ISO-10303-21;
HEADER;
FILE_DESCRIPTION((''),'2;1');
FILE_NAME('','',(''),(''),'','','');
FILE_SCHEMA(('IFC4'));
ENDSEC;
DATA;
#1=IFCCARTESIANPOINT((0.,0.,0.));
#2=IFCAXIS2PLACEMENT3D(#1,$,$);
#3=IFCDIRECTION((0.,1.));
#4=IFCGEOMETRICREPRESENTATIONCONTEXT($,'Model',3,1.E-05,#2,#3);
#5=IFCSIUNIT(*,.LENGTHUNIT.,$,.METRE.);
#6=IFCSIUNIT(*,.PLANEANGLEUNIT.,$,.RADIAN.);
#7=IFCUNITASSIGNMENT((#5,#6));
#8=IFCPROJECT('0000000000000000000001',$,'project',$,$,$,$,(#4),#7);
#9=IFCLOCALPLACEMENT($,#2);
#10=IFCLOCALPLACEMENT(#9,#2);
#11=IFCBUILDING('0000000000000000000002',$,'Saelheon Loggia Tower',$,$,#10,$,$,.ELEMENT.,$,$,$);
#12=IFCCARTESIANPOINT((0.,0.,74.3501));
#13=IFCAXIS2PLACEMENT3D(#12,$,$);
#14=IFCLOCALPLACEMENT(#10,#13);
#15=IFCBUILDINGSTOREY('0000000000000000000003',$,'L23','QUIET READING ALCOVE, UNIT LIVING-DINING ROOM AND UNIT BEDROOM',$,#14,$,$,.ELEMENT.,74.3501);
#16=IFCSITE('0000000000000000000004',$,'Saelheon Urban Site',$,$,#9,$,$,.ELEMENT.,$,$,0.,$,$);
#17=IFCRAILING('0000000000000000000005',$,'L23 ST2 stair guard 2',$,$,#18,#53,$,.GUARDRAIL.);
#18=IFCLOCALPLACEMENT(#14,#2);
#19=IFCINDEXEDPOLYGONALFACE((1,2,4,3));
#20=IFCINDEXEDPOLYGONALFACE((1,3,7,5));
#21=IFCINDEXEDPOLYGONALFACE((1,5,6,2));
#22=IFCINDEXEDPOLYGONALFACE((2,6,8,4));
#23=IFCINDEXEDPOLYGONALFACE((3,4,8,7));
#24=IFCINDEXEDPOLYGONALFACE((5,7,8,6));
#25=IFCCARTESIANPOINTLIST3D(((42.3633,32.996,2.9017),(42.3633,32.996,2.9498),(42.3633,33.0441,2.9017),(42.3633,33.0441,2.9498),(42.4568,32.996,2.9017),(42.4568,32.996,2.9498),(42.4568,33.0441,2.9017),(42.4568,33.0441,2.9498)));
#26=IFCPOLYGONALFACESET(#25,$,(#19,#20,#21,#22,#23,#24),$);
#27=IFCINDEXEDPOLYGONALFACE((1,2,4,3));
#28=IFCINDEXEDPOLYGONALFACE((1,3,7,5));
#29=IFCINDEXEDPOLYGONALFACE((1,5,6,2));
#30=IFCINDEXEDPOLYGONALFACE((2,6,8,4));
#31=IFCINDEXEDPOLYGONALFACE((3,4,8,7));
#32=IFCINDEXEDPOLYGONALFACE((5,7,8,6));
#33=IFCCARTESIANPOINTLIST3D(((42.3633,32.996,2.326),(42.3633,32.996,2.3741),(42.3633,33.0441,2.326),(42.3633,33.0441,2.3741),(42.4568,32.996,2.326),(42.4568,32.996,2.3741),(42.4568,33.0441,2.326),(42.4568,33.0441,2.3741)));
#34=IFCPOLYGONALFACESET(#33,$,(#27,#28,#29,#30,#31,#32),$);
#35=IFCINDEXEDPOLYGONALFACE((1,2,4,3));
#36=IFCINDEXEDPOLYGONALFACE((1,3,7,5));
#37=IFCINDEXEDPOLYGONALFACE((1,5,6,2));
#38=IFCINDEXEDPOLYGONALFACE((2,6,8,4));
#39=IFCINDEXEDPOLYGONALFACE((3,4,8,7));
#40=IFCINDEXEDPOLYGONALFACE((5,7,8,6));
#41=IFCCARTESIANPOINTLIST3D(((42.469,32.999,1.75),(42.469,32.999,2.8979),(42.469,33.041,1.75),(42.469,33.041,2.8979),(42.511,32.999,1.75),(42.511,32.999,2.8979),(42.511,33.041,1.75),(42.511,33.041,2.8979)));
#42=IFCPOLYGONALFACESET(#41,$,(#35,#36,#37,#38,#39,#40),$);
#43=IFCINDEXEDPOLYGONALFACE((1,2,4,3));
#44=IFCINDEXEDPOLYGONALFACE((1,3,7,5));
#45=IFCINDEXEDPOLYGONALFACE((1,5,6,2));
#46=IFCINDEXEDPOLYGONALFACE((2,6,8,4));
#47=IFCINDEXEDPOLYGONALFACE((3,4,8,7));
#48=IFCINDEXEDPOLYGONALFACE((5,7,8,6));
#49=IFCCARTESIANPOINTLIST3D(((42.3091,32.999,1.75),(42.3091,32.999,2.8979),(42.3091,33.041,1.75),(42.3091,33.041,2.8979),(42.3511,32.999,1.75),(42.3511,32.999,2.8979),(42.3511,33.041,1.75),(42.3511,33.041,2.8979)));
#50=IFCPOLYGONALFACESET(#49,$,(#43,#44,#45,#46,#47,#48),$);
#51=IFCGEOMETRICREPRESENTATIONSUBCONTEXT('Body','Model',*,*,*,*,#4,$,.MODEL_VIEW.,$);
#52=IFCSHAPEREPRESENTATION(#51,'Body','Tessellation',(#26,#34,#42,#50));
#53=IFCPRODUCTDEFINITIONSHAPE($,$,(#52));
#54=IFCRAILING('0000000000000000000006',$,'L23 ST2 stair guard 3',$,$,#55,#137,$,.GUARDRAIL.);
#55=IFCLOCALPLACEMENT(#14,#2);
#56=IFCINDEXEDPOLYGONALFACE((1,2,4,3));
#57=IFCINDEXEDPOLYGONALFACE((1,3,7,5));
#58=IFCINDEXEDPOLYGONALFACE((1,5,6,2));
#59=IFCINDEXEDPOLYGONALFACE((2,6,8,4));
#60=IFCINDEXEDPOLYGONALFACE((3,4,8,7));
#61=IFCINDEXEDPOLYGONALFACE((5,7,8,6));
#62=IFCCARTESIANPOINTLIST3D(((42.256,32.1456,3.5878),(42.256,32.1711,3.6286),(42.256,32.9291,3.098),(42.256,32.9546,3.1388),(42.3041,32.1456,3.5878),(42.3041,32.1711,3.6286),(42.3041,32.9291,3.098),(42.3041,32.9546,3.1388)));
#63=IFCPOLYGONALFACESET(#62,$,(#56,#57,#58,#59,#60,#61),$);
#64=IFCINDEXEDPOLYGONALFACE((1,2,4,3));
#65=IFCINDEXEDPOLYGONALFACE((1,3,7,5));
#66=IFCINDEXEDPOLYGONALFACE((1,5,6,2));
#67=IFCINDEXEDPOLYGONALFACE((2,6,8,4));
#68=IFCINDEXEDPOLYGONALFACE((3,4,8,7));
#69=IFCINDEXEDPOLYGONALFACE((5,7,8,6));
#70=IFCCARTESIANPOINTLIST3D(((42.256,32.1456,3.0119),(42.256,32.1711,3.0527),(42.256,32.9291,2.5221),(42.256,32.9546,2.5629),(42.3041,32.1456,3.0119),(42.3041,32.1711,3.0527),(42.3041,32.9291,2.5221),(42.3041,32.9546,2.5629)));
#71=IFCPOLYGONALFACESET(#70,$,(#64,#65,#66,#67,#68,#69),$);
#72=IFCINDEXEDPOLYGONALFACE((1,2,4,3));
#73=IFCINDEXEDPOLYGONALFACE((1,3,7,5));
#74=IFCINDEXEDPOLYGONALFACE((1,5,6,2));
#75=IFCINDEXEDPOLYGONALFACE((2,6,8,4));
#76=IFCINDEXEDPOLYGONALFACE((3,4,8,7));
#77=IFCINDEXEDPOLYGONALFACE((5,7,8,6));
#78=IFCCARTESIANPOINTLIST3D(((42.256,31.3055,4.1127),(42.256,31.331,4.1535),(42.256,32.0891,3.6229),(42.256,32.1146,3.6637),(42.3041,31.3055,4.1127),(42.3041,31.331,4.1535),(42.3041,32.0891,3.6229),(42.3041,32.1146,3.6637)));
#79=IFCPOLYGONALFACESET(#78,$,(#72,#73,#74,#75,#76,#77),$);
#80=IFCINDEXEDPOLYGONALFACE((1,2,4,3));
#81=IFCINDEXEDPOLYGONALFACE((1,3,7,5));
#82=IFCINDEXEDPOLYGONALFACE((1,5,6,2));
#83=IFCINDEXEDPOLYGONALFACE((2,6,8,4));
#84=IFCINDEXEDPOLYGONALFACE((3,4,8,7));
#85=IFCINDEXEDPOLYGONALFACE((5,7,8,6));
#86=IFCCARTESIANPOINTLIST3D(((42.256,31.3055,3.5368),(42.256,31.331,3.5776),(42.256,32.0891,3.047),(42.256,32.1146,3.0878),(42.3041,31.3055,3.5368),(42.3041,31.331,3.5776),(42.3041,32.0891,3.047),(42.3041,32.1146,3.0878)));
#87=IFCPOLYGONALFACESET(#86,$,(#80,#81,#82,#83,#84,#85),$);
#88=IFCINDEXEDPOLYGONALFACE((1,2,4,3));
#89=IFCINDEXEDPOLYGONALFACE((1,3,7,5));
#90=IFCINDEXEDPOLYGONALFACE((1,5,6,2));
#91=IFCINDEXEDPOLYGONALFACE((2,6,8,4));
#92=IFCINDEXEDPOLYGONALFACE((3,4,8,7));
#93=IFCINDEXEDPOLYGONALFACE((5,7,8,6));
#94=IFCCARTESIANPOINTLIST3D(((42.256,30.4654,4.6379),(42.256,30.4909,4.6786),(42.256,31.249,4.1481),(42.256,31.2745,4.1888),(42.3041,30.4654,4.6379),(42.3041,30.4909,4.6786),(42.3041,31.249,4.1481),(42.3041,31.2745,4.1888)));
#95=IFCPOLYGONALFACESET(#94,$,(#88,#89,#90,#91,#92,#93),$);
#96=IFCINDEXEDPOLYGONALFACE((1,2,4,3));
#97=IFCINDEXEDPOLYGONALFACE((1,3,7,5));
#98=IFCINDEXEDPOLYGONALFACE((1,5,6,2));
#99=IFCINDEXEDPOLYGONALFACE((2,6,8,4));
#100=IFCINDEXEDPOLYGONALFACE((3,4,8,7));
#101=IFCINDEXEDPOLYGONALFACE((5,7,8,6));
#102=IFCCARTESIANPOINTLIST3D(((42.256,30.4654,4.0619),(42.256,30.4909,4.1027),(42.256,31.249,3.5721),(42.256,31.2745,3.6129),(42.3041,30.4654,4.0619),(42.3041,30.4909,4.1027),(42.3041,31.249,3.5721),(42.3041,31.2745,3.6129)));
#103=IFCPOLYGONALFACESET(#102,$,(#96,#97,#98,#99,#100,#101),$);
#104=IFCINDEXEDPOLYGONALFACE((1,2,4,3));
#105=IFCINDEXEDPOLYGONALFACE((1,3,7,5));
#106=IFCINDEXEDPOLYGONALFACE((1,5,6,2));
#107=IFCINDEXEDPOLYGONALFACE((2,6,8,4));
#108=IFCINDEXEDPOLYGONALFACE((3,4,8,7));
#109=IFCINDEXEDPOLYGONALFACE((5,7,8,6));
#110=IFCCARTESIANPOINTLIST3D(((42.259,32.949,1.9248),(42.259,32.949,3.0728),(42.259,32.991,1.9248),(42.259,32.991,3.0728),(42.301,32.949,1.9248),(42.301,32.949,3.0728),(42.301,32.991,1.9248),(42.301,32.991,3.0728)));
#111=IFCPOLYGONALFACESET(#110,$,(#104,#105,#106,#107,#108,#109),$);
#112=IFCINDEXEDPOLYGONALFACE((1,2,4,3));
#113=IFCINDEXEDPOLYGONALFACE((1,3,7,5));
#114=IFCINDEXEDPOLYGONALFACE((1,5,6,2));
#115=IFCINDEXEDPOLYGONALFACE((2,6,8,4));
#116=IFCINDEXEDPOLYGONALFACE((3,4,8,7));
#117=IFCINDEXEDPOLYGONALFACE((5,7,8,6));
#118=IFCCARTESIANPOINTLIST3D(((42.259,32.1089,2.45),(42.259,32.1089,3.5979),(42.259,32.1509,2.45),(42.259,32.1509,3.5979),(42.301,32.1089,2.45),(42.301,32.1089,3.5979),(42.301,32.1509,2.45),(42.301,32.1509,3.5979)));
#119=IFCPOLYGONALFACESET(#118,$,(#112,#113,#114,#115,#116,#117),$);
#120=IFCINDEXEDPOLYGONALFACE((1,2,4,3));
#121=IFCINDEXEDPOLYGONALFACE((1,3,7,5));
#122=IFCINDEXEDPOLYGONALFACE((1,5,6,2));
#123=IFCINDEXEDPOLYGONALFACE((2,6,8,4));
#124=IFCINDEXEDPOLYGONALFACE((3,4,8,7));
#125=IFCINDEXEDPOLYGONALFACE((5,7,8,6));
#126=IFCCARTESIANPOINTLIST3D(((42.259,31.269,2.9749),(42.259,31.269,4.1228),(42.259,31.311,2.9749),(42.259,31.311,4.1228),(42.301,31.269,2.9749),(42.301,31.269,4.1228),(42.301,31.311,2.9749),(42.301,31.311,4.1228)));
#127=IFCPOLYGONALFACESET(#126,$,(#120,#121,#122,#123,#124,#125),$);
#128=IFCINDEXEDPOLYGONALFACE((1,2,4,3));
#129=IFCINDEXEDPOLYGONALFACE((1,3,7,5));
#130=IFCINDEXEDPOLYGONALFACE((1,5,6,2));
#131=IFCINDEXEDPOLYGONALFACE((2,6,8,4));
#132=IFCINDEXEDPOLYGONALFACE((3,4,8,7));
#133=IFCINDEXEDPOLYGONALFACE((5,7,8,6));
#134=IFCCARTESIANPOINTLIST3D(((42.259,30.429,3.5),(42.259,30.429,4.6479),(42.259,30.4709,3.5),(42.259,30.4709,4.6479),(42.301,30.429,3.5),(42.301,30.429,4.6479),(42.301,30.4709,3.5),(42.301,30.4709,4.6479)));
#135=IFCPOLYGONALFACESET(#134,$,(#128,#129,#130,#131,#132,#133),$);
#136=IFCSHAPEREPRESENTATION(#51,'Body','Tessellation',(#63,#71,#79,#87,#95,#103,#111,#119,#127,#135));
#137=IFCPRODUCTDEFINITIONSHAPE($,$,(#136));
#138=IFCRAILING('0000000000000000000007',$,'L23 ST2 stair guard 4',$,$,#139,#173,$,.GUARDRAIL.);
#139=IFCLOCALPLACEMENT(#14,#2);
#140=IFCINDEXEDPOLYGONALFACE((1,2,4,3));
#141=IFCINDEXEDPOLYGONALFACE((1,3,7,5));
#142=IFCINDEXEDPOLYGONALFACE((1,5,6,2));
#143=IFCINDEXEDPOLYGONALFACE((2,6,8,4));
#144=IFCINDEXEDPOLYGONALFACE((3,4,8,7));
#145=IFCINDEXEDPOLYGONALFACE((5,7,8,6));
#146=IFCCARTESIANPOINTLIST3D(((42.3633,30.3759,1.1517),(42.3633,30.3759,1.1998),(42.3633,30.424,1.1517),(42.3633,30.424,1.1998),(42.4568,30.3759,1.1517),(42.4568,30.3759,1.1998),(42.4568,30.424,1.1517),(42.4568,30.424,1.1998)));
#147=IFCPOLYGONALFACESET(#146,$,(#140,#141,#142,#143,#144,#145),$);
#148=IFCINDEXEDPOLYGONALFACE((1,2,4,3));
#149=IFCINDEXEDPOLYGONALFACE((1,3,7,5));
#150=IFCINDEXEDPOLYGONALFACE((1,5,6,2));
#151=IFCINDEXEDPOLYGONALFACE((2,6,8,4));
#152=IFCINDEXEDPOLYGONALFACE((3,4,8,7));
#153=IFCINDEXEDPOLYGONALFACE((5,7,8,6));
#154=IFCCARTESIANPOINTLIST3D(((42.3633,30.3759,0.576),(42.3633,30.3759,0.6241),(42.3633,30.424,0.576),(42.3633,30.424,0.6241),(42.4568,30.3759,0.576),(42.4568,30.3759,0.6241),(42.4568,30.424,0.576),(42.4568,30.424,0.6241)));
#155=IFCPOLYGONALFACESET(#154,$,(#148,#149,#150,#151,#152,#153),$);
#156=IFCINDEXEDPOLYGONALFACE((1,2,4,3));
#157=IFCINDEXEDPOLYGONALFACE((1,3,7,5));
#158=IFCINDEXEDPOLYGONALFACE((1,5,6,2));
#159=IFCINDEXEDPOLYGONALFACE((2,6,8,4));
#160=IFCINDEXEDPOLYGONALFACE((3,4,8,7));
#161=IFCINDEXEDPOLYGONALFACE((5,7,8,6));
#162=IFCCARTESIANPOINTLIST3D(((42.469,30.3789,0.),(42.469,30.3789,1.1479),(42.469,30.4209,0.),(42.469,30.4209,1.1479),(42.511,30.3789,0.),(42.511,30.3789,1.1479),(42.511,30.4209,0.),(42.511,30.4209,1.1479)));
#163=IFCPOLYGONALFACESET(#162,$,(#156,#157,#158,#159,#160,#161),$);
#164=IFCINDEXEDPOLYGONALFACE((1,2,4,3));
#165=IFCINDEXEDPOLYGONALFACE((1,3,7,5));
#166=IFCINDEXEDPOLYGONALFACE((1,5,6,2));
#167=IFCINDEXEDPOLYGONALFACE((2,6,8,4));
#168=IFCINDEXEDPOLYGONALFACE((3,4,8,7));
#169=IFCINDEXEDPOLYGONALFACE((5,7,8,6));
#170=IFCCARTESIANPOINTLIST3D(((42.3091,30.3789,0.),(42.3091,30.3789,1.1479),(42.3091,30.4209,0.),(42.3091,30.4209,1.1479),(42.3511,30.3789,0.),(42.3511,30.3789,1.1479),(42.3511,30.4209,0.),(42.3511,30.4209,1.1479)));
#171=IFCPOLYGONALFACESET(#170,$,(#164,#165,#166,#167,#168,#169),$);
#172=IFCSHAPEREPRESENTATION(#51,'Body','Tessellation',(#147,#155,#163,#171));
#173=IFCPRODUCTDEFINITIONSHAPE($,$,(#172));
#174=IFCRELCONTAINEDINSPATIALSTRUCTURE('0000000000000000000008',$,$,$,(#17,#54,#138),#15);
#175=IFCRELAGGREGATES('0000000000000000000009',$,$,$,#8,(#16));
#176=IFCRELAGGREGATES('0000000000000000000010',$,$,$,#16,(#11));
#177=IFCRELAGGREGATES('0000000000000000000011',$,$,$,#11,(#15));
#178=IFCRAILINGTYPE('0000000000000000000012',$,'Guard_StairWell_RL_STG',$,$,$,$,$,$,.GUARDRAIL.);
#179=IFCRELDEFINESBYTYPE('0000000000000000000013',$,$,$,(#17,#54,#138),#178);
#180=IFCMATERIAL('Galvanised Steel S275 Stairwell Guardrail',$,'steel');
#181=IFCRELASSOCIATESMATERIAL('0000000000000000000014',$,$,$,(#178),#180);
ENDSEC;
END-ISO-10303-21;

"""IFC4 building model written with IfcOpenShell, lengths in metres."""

from ifc_helpers import new_model, si_unit, direction, frame, origin, origin_2d, place, context, subcontext, project, spatial, rectangle, extrude, material, type_object, element, save


model = new_model("IFC4")

# Units and contexts
model_context = context("Model", 3, precision=1e-05, world=origin(), true_north=direction((0.0, 1.0)))
body_context = subcontext(model_context, "Body", "Model", "MODEL_VIEW")
ifc_project = project(units=[si_unit("LENGTHUNIT", "METRE"), si_unit("PLANEANGLEUNIT", "RADIAN")], contexts=[model_context])

# Site, building, storey
site_placement = place(None, origin())
site = spatial("IfcSite", under=ifc_project, at=site_placement, Name="Saelheon Urban Site", CompositionType="ELEMENT", RefElevation=0.0)
building_placement = place(site_placement, origin())
building = spatial("IfcBuilding", under=site, at=building_placement, Name="Saelheon Loggia Tower", CompositionType="ELEMENT")
storey_placement = place(building_placement, frame((0.0, 0.0, 74.3501)))
storey = spatial("IfcBuildingStorey", under=building, at=storey_placement, Name="L23", Description="QUIET READING ALCOVE, UNIT LIVING-DINING ROOM AND UNIT BEDROOM", CompositionType="ELEMENT", Elevation=74.3501)

# Railings
ifc_material_1 = material(Name="Galvanised Steel S275 Stairwell Guardrail", Category="steel")
railing_type_1 = type_object("IfcRailingType", Name="Guard_StairWell_RL_STG", PredefinedType="GUARDRAIL", material=ifc_material_1)
railing_1_placement = place(storey_placement, frame((42.49, 33.02, 1.75)))
element("IfcRailing", 1, at=railing_1_placement, inside=storey, type_object=railing_type_1, Name="L23 ST2 stair guard 2", PredefinedType="GUARDRAIL", context=body_context, shape_type="SweptSolid", body=[
    extrude(rectangle(XDim=0.0481, YDim=0.0481, at=origin_2d()), frame((-0.0332, 0.0, 1.1758), z_axis=(-1.0, 0.0, 0.0), x_axis=(0.0, -1.0, 0.0)), (0.0, 0.0, 1.0), 0.0935),
    extrude(rectangle(XDim=0.0481, YDim=0.0481, at=origin_2d()), frame((-0.0332, 0.0, 0.6001), z_axis=(-1.0, 0.0, 0.0), x_axis=(0.0, -1.0, 0.0)), (0.0, 0.0, 1.0), 0.0935),
    extrude(rectangle(XDim=0.042, YDim=0.042, at=origin_2d()), origin(), (0.0, 0.0, 1.0), 1.1479),
    extrude(rectangle(XDim=0.042, YDim=0.042, at=origin_2d()), frame((-0.1599, 0.0, 0.0)), (0.0, 0.0, 1.0), 1.1479),
])
railing_2_placement = place(storey_placement, frame((42.28, 32.97, 1.9248)))
element("IfcRailing", 2, at=railing_2_placement, inside=storey, type_object=railing_type_1, Name="L23 ST2 stair guard 3", PredefinedType="GUARDRAIL", context=body_context, shape_type="SweptSolid", body=[
    extrude(rectangle(XDim=0.0481, YDim=0.0481, at=origin_2d()), frame((0.0, -0.0281, 1.1936), z_axis=(0.0, -0.847971, 0.530043), x_axis=(1.0, 0.0, 0.0)), (0.0, 0.0, 1.0), 0.9241),
    extrude(rectangle(XDim=0.0481, YDim=0.0481, at=origin_2d()), frame((0.0, -0.0281, 0.6177), z_axis=(0.0, -0.847971, 0.530043), x_axis=(1.0, 0.0, 0.0)), (0.0, 0.0, 1.0), 0.9241),
    extrude(rectangle(XDim=0.0481, YDim=0.0481, at=origin_2d()), frame((0.0, -0.8682, 1.7185), z_axis=(0.0, -0.847971, 0.530043), x_axis=(1.0, 0.0, 0.0)), (0.0, 0.0, 1.0), 0.9241),
    extrude(rectangle(XDim=0.0481, YDim=0.0481, at=origin_2d()), frame((0.0, -0.8682, 1.1426), z_axis=(0.0, -0.847971, 0.530043), x_axis=(1.0, 0.0, 0.0)), (0.0, 0.0, 1.0), 0.9241),
    extrude(rectangle(XDim=0.0481, YDim=0.0481, at=origin_2d()), frame((0.0, -1.7083, 2.2437), z_axis=(0.0, -0.847971, 0.530043), x_axis=(1.0, 0.0, 0.0)), (0.0, 0.0, 1.0), 0.9241),
    extrude(rectangle(XDim=0.0481, YDim=0.0481, at=origin_2d()), frame((0.0, -1.7083, 1.6677), z_axis=(0.0, -0.847971, 0.530043), x_axis=(1.0, 0.0, 0.0)), (0.0, 0.0, 1.0), 0.9241),
    extrude(rectangle(XDim=0.042, YDim=0.042, at=origin_2d()), origin(), (0.0, 0.0, 1.0), 1.1479),
    extrude(rectangle(XDim=0.042, YDim=0.042, at=origin_2d()), frame((0.0, -0.8401, 0.5251)), (0.0, 0.0, 1.0), 1.1479),
    extrude(rectangle(XDim=0.042, YDim=0.042, at=origin_2d()), frame((0.0, -1.6799, 1.05)), (0.0, 0.0, 1.0), 1.1479),
    extrude(rectangle(XDim=0.042, YDim=0.042, at=origin_2d()), frame((0.0, -2.52, 1.5752)), (0.0, 0.0, 1.0), 1.1479),
])
railing_3_placement = place(storey_placement, frame((42.49, 30.3999, 0.0)))
element("IfcRailing", 3, at=railing_3_placement, inside=storey, type_object=railing_type_1, Name="L23 ST2 stair guard 4", PredefinedType="GUARDRAIL", context=body_context, shape_type="SweptSolid", body=[
    extrude(rectangle(XDim=0.0481, YDim=0.0481, at=origin_2d()), frame((-0.0332, 0.0, 1.1758), z_axis=(-1.0, 0.0, 0.0), x_axis=(0.0, -1.0, 0.0)), (0.0, 0.0, 1.0), 0.0935),
    extrude(rectangle(XDim=0.0481, YDim=0.0481, at=origin_2d()), frame((-0.0332, 0.0, 0.6001), z_axis=(-1.0, 0.0, 0.0), x_axis=(0.0, -1.0, 0.0)), (0.0, 0.0, 1.0), 0.0935),
    extrude(rectangle(XDim=0.042, YDim=0.042, at=origin_2d()), origin(), (0.0, 0.0, 1.0), 1.1479),
    extrude(rectangle(XDim=0.042, YDim=0.042, at=origin_2d()), frame((-0.1599, 0.0, 0.0)), (0.0, 0.0, 1.0), 1.1479),
])

save(model, "model.ifc")
